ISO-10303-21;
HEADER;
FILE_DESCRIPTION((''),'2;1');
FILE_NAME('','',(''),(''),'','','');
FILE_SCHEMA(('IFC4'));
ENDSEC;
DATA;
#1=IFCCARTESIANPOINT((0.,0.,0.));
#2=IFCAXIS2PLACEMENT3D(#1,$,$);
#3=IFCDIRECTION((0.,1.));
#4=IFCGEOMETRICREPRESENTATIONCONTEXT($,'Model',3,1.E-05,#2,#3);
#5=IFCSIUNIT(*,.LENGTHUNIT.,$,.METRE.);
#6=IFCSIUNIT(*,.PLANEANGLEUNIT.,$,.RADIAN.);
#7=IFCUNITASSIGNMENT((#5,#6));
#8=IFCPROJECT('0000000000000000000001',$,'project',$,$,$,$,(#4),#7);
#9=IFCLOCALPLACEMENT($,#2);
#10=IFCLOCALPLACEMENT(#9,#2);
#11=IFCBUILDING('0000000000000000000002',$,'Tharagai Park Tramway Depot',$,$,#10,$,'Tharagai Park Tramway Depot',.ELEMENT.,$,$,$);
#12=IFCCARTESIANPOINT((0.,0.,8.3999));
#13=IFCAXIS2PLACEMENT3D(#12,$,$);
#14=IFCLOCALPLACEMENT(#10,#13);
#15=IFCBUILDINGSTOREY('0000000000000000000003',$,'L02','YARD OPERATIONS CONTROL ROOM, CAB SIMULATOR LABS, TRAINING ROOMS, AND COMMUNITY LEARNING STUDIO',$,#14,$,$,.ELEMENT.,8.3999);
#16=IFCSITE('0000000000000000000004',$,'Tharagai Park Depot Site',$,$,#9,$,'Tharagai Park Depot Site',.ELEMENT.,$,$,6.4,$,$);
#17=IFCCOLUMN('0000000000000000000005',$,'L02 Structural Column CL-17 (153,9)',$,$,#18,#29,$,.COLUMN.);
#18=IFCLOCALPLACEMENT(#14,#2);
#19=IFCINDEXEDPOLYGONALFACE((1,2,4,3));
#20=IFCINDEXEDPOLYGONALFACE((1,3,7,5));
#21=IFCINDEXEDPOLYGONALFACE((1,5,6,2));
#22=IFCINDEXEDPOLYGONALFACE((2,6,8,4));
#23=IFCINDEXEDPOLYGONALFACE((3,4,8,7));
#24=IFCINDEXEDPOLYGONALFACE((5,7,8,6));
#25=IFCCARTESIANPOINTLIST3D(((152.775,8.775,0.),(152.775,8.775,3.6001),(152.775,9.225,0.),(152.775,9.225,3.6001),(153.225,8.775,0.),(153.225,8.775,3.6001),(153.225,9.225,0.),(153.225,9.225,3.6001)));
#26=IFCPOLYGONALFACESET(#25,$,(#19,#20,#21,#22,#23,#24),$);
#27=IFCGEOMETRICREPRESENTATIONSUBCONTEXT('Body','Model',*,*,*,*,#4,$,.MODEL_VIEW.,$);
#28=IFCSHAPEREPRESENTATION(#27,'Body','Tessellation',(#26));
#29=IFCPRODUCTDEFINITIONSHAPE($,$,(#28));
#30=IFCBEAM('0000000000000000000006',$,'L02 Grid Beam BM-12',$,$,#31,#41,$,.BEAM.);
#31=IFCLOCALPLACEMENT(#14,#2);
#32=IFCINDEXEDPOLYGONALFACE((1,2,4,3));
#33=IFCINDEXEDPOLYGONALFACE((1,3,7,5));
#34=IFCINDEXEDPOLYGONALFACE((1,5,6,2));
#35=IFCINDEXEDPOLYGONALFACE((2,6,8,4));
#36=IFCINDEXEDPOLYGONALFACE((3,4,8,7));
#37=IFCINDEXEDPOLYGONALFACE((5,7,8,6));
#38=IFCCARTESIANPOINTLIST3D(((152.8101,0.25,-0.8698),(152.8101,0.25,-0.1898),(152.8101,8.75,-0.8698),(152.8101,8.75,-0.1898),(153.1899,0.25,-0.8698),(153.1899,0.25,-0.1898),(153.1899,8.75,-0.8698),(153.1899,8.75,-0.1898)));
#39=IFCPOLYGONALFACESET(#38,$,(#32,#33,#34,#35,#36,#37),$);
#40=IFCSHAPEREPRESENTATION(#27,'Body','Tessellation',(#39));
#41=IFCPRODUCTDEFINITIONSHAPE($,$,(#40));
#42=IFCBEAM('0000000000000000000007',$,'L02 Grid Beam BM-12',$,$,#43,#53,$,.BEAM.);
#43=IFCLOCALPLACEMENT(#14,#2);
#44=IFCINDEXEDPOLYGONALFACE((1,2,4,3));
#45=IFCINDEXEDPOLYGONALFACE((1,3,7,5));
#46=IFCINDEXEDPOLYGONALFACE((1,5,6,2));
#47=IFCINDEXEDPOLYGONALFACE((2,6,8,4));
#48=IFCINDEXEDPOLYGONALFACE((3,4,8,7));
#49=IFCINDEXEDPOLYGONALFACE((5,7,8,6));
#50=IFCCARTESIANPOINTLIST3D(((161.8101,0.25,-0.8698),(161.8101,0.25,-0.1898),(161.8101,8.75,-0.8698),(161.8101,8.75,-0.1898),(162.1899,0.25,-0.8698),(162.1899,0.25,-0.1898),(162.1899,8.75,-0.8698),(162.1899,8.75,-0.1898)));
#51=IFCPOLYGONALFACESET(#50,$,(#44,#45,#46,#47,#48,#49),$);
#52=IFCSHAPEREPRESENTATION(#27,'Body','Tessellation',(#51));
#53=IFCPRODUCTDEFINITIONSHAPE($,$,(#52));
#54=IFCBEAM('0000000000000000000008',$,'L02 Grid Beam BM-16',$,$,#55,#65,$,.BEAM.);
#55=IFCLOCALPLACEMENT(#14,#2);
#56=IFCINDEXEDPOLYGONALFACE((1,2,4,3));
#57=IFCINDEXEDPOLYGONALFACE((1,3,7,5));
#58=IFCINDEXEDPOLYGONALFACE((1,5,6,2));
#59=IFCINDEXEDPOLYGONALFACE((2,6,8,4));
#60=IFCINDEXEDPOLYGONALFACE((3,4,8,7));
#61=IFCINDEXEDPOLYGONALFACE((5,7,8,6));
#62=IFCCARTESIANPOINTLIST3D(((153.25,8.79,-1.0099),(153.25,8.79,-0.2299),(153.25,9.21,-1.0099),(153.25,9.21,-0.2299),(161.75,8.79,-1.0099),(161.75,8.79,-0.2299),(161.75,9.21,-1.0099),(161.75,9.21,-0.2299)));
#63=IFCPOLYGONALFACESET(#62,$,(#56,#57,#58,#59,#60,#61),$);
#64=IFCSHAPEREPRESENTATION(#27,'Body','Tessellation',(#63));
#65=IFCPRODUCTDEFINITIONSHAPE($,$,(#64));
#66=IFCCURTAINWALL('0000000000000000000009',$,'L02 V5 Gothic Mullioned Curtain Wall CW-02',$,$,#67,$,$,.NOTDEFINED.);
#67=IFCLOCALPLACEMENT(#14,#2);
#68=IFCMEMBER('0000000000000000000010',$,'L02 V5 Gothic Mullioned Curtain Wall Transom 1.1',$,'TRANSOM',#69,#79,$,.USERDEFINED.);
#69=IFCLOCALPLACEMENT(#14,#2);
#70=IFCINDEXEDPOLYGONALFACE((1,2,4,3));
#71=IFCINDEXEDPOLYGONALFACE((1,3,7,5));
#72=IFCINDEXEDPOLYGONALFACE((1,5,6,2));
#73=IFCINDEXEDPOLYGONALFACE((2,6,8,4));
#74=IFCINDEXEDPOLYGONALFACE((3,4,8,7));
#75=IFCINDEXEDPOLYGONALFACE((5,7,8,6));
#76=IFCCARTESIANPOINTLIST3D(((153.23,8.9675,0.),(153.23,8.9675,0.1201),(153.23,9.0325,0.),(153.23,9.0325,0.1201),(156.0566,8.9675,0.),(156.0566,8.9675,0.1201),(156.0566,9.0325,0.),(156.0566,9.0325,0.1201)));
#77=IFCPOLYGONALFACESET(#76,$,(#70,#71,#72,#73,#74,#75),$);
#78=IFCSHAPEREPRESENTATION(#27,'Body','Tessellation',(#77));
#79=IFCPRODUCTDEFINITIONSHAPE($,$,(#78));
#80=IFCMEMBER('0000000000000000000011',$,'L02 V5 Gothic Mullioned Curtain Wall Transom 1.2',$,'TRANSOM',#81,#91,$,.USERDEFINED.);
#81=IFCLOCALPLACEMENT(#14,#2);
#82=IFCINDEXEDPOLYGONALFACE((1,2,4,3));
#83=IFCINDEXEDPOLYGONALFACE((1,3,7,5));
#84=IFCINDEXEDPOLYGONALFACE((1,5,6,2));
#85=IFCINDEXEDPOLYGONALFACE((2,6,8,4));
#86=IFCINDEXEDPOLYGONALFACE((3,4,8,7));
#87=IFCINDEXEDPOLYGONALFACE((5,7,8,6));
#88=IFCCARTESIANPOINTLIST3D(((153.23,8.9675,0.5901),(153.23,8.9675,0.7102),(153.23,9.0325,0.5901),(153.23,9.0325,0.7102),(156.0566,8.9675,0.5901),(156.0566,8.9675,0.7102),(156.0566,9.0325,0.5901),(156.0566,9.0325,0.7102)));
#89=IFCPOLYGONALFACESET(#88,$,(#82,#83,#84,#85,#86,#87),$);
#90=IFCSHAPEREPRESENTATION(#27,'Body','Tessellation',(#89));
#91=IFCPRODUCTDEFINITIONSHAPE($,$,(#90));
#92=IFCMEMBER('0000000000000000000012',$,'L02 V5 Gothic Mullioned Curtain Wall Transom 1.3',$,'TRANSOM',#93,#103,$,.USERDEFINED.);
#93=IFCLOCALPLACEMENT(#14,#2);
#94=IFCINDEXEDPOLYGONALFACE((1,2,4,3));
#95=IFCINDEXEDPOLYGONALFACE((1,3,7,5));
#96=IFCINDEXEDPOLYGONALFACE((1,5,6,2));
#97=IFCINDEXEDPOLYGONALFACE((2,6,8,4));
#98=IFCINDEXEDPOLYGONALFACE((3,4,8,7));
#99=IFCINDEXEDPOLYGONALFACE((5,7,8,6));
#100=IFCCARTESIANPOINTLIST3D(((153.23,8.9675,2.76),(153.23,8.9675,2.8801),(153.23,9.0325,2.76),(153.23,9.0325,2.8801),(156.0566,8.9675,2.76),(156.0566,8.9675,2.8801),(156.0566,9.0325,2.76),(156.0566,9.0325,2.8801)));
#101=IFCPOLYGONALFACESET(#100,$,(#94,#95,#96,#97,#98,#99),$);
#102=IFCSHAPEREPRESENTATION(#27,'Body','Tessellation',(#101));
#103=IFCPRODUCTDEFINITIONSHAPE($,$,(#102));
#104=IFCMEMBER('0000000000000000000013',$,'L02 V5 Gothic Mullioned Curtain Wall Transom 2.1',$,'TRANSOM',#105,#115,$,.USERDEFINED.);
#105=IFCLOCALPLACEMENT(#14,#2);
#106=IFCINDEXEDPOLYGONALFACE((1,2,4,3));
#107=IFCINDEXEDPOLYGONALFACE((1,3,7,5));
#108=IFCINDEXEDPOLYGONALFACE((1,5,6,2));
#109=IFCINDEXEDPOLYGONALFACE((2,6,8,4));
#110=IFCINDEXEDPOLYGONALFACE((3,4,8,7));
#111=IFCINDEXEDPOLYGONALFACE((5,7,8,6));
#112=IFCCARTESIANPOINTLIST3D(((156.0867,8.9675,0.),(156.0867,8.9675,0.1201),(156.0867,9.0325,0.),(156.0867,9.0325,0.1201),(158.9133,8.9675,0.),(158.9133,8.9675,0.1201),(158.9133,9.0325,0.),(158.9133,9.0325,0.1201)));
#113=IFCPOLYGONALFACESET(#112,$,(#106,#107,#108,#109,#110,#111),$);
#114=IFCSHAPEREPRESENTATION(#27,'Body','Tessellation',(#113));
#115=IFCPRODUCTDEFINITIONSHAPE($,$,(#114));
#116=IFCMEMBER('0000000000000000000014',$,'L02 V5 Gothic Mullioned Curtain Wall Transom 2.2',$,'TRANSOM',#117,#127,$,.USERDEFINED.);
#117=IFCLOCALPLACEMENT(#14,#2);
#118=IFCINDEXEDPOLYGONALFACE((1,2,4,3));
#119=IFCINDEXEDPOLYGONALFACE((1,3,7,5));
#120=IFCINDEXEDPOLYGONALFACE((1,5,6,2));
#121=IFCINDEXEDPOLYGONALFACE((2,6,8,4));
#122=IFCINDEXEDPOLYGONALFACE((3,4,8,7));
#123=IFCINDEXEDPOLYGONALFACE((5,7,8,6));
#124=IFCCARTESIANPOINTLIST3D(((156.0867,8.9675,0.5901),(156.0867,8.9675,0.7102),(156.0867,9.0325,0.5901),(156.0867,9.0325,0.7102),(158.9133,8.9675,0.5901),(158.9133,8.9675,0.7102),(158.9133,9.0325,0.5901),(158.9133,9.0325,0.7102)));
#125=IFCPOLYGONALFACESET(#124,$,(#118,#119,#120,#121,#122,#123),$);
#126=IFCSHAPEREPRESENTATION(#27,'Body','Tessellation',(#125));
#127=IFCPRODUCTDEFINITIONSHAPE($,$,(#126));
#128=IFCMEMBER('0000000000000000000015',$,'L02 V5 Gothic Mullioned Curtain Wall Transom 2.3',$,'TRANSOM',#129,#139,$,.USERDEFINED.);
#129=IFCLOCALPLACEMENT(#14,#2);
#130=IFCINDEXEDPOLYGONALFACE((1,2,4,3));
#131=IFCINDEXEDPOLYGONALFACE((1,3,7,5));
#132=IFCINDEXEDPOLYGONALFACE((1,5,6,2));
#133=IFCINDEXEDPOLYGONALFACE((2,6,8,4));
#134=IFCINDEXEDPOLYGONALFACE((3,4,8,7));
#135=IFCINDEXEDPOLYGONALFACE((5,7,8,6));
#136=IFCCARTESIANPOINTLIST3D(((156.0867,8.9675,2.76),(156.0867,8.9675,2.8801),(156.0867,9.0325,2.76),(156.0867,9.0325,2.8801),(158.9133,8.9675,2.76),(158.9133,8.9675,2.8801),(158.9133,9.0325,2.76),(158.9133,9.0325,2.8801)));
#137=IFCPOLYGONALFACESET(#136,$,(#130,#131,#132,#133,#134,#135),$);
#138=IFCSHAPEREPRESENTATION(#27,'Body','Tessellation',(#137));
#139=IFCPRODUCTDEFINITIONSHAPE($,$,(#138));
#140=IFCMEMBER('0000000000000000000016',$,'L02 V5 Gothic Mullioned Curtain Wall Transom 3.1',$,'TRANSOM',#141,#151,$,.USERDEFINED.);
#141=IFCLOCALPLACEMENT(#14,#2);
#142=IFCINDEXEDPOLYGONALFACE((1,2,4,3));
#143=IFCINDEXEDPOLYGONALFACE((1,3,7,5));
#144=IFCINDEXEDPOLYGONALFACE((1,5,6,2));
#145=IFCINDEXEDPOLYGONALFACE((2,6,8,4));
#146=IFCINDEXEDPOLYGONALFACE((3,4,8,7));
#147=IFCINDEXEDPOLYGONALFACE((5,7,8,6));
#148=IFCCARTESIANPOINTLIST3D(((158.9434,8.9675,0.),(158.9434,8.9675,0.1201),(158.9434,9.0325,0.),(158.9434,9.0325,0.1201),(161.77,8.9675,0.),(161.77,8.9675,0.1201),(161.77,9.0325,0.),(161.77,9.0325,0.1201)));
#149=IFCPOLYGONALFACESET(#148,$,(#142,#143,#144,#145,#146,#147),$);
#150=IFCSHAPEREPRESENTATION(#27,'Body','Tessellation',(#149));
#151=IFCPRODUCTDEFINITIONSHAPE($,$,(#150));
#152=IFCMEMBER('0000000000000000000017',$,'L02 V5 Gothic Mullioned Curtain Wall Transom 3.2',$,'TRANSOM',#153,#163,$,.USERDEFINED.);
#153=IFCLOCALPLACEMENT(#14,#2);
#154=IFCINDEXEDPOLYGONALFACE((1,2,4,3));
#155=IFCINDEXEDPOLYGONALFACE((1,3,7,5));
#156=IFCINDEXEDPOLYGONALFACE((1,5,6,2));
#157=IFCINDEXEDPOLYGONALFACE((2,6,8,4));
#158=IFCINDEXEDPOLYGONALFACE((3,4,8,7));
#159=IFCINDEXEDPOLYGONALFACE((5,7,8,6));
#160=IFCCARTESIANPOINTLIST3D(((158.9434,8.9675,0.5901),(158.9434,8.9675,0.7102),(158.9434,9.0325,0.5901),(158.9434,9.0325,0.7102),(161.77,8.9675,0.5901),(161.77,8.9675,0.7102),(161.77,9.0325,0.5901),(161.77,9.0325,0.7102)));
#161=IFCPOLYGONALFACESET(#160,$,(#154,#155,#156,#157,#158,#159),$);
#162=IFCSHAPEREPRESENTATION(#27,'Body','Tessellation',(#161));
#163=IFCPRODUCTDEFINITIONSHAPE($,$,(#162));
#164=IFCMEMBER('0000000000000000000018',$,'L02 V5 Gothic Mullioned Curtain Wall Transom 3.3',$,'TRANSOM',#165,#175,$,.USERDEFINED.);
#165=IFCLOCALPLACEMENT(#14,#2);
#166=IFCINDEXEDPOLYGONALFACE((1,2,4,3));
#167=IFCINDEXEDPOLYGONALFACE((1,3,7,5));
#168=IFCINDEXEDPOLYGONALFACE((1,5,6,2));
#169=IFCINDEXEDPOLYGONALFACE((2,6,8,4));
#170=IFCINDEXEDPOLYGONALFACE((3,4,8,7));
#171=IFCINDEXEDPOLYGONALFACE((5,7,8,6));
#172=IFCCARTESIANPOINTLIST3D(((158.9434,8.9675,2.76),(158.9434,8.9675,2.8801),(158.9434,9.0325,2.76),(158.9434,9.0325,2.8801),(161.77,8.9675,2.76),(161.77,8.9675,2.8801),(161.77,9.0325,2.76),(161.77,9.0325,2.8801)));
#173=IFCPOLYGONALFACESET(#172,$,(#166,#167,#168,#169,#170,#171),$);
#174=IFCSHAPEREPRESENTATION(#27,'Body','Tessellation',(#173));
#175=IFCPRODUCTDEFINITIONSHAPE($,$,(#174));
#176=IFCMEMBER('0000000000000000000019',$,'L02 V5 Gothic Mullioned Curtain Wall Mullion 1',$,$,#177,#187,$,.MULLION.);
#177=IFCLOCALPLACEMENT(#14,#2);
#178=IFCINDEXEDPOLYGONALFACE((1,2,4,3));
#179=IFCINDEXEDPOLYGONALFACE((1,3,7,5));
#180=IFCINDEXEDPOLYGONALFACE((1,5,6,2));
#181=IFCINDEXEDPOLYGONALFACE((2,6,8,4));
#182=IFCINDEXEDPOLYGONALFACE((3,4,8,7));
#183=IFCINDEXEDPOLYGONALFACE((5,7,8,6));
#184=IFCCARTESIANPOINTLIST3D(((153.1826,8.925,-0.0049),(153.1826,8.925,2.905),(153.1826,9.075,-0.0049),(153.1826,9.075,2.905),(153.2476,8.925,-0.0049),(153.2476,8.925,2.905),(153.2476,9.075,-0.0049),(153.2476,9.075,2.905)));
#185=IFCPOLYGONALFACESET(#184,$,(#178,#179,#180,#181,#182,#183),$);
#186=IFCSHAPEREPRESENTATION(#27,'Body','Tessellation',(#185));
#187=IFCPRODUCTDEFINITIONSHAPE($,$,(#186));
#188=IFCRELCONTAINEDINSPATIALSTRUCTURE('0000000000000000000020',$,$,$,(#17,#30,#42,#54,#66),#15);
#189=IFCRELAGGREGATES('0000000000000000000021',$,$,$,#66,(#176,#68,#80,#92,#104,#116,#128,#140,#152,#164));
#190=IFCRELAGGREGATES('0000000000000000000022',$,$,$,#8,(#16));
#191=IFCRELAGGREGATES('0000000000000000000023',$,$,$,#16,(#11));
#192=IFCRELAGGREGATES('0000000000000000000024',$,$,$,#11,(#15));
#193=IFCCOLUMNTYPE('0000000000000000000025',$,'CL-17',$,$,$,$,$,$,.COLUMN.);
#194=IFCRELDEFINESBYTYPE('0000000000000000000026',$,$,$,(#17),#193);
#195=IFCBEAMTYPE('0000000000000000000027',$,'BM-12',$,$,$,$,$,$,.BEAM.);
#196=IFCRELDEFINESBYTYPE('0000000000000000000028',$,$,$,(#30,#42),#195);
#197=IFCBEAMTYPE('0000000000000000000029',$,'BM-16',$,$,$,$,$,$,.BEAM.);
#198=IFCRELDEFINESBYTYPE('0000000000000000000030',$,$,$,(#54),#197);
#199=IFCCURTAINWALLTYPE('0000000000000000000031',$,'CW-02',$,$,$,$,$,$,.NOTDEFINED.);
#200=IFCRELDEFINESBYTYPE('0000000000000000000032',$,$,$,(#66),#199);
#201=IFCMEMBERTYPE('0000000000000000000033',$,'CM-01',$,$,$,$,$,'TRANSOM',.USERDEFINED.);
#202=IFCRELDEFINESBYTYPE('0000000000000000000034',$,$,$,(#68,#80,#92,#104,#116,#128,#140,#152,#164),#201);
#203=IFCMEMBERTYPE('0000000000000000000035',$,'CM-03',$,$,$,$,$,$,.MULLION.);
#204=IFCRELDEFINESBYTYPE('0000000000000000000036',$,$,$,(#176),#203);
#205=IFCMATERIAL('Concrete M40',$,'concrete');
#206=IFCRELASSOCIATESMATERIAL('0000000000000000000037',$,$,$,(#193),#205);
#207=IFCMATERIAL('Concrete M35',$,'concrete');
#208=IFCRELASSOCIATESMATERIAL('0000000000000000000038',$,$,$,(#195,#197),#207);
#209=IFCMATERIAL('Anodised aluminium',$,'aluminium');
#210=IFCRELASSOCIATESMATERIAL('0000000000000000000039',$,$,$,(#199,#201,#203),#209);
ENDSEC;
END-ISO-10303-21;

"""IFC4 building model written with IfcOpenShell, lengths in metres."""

from ifc_helpers import new_model, si_unit, direction, frame, origin, origin_2d, place, context, subcontext, project, spatial, rectangle, extrude, material, material_profile, profile_set, type_object, element, aggregate, save


model = new_model("IFC4")

# Units and contexts
model_context = context("Model", 3, precision=1e-05, world=origin(), true_north=direction((0.0, 1.0)))
body_context = subcontext(model_context, "Body", "Model", "MODEL_VIEW")
ifc_project = project(units=[si_unit("LENGTHUNIT", "METRE"), si_unit("PLANEANGLEUNIT", "RADIAN")], contexts=[model_context])

# Site, building, storey
site_placement = place(None, origin())
site = spatial("IfcSite", under=ifc_project, at=site_placement, Name="Tharagai Park Depot Site", LongName="Tharagai Park Depot Site", CompositionType="ELEMENT", RefElevation=6.4)
building_placement = place(site_placement, origin())
building = spatial("IfcBuilding", under=site, at=building_placement, Name="Tharagai Park Tramway Depot", LongName="Tharagai Park Tramway Depot", CompositionType="ELEMENT")
storey_placement = place(building_placement, frame((0.0, 0.0, 8.3999)))
storey = spatial("IfcBuildingStorey", under=building, at=storey_placement, Name="L02", Description="YARD OPERATIONS CONTROL ROOM, CAB SIMULATOR LABS, TRAINING ROOMS, AND COMMUNITY LEARNING STUDIO", CompositionType="ELEMENT", Elevation=8.3999)

# Column
ifc_material_1 = material(Name="Concrete M40", Category="concrete")
ifc_material_profile_1 = material_profile(ifc_material_1, rectangle(XDim=0.45, YDim=0.45, at=origin_2d()), Name="RC 450x450")
ifc_profile_set_1 = profile_set([ifc_material_profile_1], Name="Concrete M40")
column_type = type_object("IfcColumnType", Name="CL-17", PredefinedType="COLUMN", material=ifc_profile_set_1)
column_placement = place(storey_placement, frame((153.0, 9.0, 0.0), z_axis=(0.0, 0.0, 1.0), x_axis=(1.0, 0.0, 0.0)))
element("IfcColumn", 1, at=column_placement, inside=storey, type_object=column_type, Name="L02 Structural Column CL-17 (153,9)", PredefinedType="COLUMN", context=body_context, shape_type="SweptSolid", body=[
    extrude(rectangle(XDim=0.45, YDim=0.45, at=origin_2d()), origin(), (0.0, 0.0, 1.0), 3.6001),
])

# Beams
ifc_material_2 = material(Name="Concrete M35", Category="concrete")
ifc_material_profile_2 = material_profile(ifc_material_2, rectangle(XDim=0.3799, YDim=0.6799, at=origin_2d()), Name="RC 380x680")
ifc_profile_set_2 = profile_set([ifc_material_profile_2], Name="Concrete M35")
beam_type_1 = type_object("IfcBeamType", Name="BM-12", PredefinedType="BEAM", material=ifc_profile_set_2)
for number, where, z_axis, x_axis, name in (
    (2, (153.0, 0.25, -0.5298), (0.0, 1.0, 0.0), (-1.0, 0.0, 0.0), "L02 Grid Beam BM-12"),
    (3, (162.0, 0.25, -0.5298), (0.0, 1.0, 0.0), (-1.0, 0.0, 0.0), "L02 Grid Beam BM-12"),
):
    element("IfcBeam", number, at=place(storey_placement, frame(where, z_axis=z_axis, x_axis=x_axis)), inside=storey, type_object=beam_type_1, Name=name, PredefinedType="BEAM", context=body_context, shape_type="SweptSolid", body=[
        extrude(rectangle(XDim=0.3799, YDim=0.6799, at=origin_2d()), origin(), (0.0, 0.0, 1.0), 8.5),
    ])
ifc_material_profile_3 = material_profile(ifc_material_2, rectangle(XDim=0.4199, YDim=0.78, at=origin_2d()), Name="RC 420x780")
ifc_profile_set_3 = profile_set([ifc_material_profile_3], Name="Concrete M35")
beam_type_2 = type_object("IfcBeamType", Name="BM-16", PredefinedType="BEAM", material=ifc_profile_set_3)
beam_1_placement = place(storey_placement, frame((153.25, 9.0, -0.6199), z_axis=(1.0, 0.0, 0.0), x_axis=(0.0, 1.0, 0.0)))
element("IfcBeam", 4, at=beam_1_placement, inside=storey, type_object=beam_type_2, Name="L02 Grid Beam BM-16", PredefinedType="BEAM", context=body_context, shape_type="SweptSolid", body=[
    extrude(rectangle(XDim=0.4199, YDim=0.78, at=origin_2d()), origin(), (0.0, 0.0, 1.0), 8.5),
])

# Curtain wall, members
ifc_material_3 = material(Name="Anodised aluminium", Category="aluminium")
curtain_wall_type = type_object("IfcCurtainWallType", Name="CW-02", PredefinedType="NOTDEFINED", material=ifc_material_3)
curtain_wall_placement = place(storey_placement, origin())
curtain_wall = element("IfcCurtainWall", 5, at=curtain_wall_placement, inside=storey, type_object=curtain_wall_type, Name="L02 V5 Gothic Mullioned Curtain Wall CW-02", PredefinedType="NOTDEFINED")
ifc_material_profile_4 = material_profile(ifc_material_3, rectangle(XDim=0.0649, YDim=0.1201, at=origin_2d()), Name="ALU 65x120")
ifc_profile_set_4 = profile_set([ifc_material_profile_4], Name="Anodised aluminium")
member_type_1 = type_object("IfcMemberType", Name="CM-01", ElementType="TRANSOM", PredefinedType="USERDEFINED", material=ifc_profile_set_4)
member_1_placement = place(storey_placement, frame((153.23, 9.0, 0.0601), z_axis=(1.0, 0.0, 0.0), x_axis=(0.0, 1.0, 0.0)))
member_1 = element("IfcMember", 6, at=member_1_placement, type_object=member_type_1, Name="L02 V5 Gothic Mullioned Curtain Wall Transom 1.1", ObjectType="TRANSOM", PredefinedType="USERDEFINED", context=body_context, shape_type="SweptSolid", body=[
    extrude(rectangle(XDim=0.0649, YDim=0.1201, at=origin_2d()), origin(), (0.0, 0.0, 1.0), 2.8267),
])
member_2_placement = place(storey_placement, frame((153.23, 9.0, 0.6501), z_axis=(1.0, 0.0, 0.0), x_axis=(0.0, 1.0, 0.0)))
member_2 = element("IfcMember", 7, at=member_2_placement, type_object=member_type_1, Name="L02 V5 Gothic Mullioned Curtain Wall Transom 1.2", ObjectType="TRANSOM", PredefinedType="USERDEFINED", context=body_context, shape_type="SweptSolid", body=[
    extrude(rectangle(XDim=0.0649, YDim=0.1201, at=origin_2d()), origin(), (0.0, 0.0, 1.0), 2.8267),
])
member_3_placement = place(storey_placement, frame((153.23, 9.0, 2.8201), z_axis=(1.0, 0.0, 0.0), x_axis=(0.0, 1.0, 0.0)))
member_3 = element("IfcMember", 8, at=member_3_placement, type_object=member_type_1, Name="L02 V5 Gothic Mullioned Curtain Wall Transom 1.3", ObjectType="TRANSOM", PredefinedType="USERDEFINED", context=body_context, shape_type="SweptSolid", body=[
    extrude(rectangle(XDim=0.0649, YDim=0.1201, at=origin_2d()), origin(), (0.0, 0.0, 1.0), 2.8267),
])
member_4_placement = place(storey_placement, frame((156.0867, 9.0, 0.0601), z_axis=(1.0, 0.0, 0.0), x_axis=(0.0, 1.0, 0.0)))
member_4 = element("IfcMember", 9, at=member_4_placement, type_object=member_type_1, Name="L02 V5 Gothic Mullioned Curtain Wall Transom 2.1", ObjectType="TRANSOM", PredefinedType="USERDEFINED", context=body_context, shape_type="SweptSolid", body=[
    extrude(rectangle(XDim=0.0649, YDim=0.1201, at=origin_2d()), origin(), (0.0, 0.0, 1.0), 2.8267),
])
member_5_placement = place(storey_placement, frame((156.0867, 9.0, 0.6501), z_axis=(1.0, 0.0, 0.0), x_axis=(0.0, 1.0, 0.0)))
member_5 = element("IfcMember", 10, at=member_5_placement, type_object=member_type_1, Name="L02 V5 Gothic Mullioned Curtain Wall Transom 2.2", ObjectType="TRANSOM", PredefinedType="USERDEFINED", context=body_context, shape_type="SweptSolid", body=[
    extrude(rectangle(XDim=0.0649, YDim=0.1201, at=origin_2d()), origin(), (0.0, 0.0, 1.0), 2.8267),
])
member_6_placement = place(storey_placement, frame((156.0867, 9.0, 2.8201), z_axis=(1.0, 0.0, 0.0), x_axis=(0.0, 1.0, 0.0)))
member_6 = element("IfcMember", 11, at=member_6_placement, type_object=member_type_1, Name="L02 V5 Gothic Mullioned Curtain Wall Transom 2.3", ObjectType="TRANSOM", PredefinedType="USERDEFINED", context=body_context, shape_type="SweptSolid", body=[
    extrude(rectangle(XDim=0.0649, YDim=0.1201, at=origin_2d()), origin(), (0.0, 0.0, 1.0), 2.8267),
])
member_7_placement = place(storey_placement, frame((158.9434, 9.0, 0.0601), z_axis=(1.0, 0.0, 0.0), x_axis=(0.0, 1.0, 0.0)))
member_7 = element("IfcMember", 12, at=member_7_placement, type_object=member_type_1, Name="L02 V5 Gothic Mullioned Curtain Wall Transom 3.1", ObjectType="TRANSOM", PredefinedType="USERDEFINED", context=body_context, shape_type="SweptSolid", body=[
    extrude(rectangle(XDim=0.0649, YDim=0.1201, at=origin_2d()), origin(), (0.0, 0.0, 1.0), 2.8267),
])
member_8_placement = place(storey_placement, frame((158.9434, 9.0, 0.6501), z_axis=(1.0, 0.0, 0.0), x_axis=(0.0, 1.0, 0.0)))
member_8 = element("IfcMember", 13, at=member_8_placement, type_object=member_type_1, Name="L02 V5 Gothic Mullioned Curtain Wall Transom 3.2", ObjectType="TRANSOM", PredefinedType="USERDEFINED", context=body_context, shape_type="SweptSolid", body=[
    extrude(rectangle(XDim=0.0649, YDim=0.1201, at=origin_2d()), origin(), (0.0, 0.0, 1.0), 2.8267),
])
member_9_placement = place(storey_placement, frame((158.9434, 9.0, 2.8201), z_axis=(1.0, 0.0, 0.0), x_axis=(0.0, 1.0, 0.0)))
member_9 = element("IfcMember", 14, at=member_9_placement, type_object=member_type_1, Name="L02 V5 Gothic Mullioned Curtain Wall Transom 3.3", ObjectType="TRANSOM", PredefinedType="USERDEFINED", context=body_context, shape_type="SweptSolid", body=[
    extrude(rectangle(XDim=0.0649, YDim=0.1201, at=origin_2d()), origin(), (0.0, 0.0, 1.0), 2.8267),
])
ifc_material_profile_5 = material_profile(ifc_material_3, rectangle(XDim=0.0649, YDim=0.1499, at=origin_2d()), Name="ALU 65x150")
ifc_profile_set_5 = profile_set([ifc_material_profile_5], Name="Anodised aluminium")
member_type_2 = type_object("IfcMemberType", Name="CM-03", PredefinedType="MULLION", material=ifc_profile_set_5)
member_10_placement = place(storey_placement, frame((153.2151, 9.0, -0.0049), z_axis=(0.0, 0.0, 1.0), x_axis=(1.0, 0.0, 0.0)))
member_10 = element("IfcMember", 15, at=member_10_placement, type_object=member_type_2, Name="L02 V5 Gothic Mullioned Curtain Wall Mullion 1", PredefinedType="MULLION", context=body_context, shape_type="SweptSolid", body=[
    extrude(rectangle(XDim=0.0649, YDim=0.1499, at=origin_2d()), origin(), (0.0, 0.0, 1.0), 2.9099),
])

aggregate(curtain_wall, [member_10, member_1, member_2, member_3, member_4, member_5, member_6, member_7, member_8, member_9])

save(model, "model.ifc")
